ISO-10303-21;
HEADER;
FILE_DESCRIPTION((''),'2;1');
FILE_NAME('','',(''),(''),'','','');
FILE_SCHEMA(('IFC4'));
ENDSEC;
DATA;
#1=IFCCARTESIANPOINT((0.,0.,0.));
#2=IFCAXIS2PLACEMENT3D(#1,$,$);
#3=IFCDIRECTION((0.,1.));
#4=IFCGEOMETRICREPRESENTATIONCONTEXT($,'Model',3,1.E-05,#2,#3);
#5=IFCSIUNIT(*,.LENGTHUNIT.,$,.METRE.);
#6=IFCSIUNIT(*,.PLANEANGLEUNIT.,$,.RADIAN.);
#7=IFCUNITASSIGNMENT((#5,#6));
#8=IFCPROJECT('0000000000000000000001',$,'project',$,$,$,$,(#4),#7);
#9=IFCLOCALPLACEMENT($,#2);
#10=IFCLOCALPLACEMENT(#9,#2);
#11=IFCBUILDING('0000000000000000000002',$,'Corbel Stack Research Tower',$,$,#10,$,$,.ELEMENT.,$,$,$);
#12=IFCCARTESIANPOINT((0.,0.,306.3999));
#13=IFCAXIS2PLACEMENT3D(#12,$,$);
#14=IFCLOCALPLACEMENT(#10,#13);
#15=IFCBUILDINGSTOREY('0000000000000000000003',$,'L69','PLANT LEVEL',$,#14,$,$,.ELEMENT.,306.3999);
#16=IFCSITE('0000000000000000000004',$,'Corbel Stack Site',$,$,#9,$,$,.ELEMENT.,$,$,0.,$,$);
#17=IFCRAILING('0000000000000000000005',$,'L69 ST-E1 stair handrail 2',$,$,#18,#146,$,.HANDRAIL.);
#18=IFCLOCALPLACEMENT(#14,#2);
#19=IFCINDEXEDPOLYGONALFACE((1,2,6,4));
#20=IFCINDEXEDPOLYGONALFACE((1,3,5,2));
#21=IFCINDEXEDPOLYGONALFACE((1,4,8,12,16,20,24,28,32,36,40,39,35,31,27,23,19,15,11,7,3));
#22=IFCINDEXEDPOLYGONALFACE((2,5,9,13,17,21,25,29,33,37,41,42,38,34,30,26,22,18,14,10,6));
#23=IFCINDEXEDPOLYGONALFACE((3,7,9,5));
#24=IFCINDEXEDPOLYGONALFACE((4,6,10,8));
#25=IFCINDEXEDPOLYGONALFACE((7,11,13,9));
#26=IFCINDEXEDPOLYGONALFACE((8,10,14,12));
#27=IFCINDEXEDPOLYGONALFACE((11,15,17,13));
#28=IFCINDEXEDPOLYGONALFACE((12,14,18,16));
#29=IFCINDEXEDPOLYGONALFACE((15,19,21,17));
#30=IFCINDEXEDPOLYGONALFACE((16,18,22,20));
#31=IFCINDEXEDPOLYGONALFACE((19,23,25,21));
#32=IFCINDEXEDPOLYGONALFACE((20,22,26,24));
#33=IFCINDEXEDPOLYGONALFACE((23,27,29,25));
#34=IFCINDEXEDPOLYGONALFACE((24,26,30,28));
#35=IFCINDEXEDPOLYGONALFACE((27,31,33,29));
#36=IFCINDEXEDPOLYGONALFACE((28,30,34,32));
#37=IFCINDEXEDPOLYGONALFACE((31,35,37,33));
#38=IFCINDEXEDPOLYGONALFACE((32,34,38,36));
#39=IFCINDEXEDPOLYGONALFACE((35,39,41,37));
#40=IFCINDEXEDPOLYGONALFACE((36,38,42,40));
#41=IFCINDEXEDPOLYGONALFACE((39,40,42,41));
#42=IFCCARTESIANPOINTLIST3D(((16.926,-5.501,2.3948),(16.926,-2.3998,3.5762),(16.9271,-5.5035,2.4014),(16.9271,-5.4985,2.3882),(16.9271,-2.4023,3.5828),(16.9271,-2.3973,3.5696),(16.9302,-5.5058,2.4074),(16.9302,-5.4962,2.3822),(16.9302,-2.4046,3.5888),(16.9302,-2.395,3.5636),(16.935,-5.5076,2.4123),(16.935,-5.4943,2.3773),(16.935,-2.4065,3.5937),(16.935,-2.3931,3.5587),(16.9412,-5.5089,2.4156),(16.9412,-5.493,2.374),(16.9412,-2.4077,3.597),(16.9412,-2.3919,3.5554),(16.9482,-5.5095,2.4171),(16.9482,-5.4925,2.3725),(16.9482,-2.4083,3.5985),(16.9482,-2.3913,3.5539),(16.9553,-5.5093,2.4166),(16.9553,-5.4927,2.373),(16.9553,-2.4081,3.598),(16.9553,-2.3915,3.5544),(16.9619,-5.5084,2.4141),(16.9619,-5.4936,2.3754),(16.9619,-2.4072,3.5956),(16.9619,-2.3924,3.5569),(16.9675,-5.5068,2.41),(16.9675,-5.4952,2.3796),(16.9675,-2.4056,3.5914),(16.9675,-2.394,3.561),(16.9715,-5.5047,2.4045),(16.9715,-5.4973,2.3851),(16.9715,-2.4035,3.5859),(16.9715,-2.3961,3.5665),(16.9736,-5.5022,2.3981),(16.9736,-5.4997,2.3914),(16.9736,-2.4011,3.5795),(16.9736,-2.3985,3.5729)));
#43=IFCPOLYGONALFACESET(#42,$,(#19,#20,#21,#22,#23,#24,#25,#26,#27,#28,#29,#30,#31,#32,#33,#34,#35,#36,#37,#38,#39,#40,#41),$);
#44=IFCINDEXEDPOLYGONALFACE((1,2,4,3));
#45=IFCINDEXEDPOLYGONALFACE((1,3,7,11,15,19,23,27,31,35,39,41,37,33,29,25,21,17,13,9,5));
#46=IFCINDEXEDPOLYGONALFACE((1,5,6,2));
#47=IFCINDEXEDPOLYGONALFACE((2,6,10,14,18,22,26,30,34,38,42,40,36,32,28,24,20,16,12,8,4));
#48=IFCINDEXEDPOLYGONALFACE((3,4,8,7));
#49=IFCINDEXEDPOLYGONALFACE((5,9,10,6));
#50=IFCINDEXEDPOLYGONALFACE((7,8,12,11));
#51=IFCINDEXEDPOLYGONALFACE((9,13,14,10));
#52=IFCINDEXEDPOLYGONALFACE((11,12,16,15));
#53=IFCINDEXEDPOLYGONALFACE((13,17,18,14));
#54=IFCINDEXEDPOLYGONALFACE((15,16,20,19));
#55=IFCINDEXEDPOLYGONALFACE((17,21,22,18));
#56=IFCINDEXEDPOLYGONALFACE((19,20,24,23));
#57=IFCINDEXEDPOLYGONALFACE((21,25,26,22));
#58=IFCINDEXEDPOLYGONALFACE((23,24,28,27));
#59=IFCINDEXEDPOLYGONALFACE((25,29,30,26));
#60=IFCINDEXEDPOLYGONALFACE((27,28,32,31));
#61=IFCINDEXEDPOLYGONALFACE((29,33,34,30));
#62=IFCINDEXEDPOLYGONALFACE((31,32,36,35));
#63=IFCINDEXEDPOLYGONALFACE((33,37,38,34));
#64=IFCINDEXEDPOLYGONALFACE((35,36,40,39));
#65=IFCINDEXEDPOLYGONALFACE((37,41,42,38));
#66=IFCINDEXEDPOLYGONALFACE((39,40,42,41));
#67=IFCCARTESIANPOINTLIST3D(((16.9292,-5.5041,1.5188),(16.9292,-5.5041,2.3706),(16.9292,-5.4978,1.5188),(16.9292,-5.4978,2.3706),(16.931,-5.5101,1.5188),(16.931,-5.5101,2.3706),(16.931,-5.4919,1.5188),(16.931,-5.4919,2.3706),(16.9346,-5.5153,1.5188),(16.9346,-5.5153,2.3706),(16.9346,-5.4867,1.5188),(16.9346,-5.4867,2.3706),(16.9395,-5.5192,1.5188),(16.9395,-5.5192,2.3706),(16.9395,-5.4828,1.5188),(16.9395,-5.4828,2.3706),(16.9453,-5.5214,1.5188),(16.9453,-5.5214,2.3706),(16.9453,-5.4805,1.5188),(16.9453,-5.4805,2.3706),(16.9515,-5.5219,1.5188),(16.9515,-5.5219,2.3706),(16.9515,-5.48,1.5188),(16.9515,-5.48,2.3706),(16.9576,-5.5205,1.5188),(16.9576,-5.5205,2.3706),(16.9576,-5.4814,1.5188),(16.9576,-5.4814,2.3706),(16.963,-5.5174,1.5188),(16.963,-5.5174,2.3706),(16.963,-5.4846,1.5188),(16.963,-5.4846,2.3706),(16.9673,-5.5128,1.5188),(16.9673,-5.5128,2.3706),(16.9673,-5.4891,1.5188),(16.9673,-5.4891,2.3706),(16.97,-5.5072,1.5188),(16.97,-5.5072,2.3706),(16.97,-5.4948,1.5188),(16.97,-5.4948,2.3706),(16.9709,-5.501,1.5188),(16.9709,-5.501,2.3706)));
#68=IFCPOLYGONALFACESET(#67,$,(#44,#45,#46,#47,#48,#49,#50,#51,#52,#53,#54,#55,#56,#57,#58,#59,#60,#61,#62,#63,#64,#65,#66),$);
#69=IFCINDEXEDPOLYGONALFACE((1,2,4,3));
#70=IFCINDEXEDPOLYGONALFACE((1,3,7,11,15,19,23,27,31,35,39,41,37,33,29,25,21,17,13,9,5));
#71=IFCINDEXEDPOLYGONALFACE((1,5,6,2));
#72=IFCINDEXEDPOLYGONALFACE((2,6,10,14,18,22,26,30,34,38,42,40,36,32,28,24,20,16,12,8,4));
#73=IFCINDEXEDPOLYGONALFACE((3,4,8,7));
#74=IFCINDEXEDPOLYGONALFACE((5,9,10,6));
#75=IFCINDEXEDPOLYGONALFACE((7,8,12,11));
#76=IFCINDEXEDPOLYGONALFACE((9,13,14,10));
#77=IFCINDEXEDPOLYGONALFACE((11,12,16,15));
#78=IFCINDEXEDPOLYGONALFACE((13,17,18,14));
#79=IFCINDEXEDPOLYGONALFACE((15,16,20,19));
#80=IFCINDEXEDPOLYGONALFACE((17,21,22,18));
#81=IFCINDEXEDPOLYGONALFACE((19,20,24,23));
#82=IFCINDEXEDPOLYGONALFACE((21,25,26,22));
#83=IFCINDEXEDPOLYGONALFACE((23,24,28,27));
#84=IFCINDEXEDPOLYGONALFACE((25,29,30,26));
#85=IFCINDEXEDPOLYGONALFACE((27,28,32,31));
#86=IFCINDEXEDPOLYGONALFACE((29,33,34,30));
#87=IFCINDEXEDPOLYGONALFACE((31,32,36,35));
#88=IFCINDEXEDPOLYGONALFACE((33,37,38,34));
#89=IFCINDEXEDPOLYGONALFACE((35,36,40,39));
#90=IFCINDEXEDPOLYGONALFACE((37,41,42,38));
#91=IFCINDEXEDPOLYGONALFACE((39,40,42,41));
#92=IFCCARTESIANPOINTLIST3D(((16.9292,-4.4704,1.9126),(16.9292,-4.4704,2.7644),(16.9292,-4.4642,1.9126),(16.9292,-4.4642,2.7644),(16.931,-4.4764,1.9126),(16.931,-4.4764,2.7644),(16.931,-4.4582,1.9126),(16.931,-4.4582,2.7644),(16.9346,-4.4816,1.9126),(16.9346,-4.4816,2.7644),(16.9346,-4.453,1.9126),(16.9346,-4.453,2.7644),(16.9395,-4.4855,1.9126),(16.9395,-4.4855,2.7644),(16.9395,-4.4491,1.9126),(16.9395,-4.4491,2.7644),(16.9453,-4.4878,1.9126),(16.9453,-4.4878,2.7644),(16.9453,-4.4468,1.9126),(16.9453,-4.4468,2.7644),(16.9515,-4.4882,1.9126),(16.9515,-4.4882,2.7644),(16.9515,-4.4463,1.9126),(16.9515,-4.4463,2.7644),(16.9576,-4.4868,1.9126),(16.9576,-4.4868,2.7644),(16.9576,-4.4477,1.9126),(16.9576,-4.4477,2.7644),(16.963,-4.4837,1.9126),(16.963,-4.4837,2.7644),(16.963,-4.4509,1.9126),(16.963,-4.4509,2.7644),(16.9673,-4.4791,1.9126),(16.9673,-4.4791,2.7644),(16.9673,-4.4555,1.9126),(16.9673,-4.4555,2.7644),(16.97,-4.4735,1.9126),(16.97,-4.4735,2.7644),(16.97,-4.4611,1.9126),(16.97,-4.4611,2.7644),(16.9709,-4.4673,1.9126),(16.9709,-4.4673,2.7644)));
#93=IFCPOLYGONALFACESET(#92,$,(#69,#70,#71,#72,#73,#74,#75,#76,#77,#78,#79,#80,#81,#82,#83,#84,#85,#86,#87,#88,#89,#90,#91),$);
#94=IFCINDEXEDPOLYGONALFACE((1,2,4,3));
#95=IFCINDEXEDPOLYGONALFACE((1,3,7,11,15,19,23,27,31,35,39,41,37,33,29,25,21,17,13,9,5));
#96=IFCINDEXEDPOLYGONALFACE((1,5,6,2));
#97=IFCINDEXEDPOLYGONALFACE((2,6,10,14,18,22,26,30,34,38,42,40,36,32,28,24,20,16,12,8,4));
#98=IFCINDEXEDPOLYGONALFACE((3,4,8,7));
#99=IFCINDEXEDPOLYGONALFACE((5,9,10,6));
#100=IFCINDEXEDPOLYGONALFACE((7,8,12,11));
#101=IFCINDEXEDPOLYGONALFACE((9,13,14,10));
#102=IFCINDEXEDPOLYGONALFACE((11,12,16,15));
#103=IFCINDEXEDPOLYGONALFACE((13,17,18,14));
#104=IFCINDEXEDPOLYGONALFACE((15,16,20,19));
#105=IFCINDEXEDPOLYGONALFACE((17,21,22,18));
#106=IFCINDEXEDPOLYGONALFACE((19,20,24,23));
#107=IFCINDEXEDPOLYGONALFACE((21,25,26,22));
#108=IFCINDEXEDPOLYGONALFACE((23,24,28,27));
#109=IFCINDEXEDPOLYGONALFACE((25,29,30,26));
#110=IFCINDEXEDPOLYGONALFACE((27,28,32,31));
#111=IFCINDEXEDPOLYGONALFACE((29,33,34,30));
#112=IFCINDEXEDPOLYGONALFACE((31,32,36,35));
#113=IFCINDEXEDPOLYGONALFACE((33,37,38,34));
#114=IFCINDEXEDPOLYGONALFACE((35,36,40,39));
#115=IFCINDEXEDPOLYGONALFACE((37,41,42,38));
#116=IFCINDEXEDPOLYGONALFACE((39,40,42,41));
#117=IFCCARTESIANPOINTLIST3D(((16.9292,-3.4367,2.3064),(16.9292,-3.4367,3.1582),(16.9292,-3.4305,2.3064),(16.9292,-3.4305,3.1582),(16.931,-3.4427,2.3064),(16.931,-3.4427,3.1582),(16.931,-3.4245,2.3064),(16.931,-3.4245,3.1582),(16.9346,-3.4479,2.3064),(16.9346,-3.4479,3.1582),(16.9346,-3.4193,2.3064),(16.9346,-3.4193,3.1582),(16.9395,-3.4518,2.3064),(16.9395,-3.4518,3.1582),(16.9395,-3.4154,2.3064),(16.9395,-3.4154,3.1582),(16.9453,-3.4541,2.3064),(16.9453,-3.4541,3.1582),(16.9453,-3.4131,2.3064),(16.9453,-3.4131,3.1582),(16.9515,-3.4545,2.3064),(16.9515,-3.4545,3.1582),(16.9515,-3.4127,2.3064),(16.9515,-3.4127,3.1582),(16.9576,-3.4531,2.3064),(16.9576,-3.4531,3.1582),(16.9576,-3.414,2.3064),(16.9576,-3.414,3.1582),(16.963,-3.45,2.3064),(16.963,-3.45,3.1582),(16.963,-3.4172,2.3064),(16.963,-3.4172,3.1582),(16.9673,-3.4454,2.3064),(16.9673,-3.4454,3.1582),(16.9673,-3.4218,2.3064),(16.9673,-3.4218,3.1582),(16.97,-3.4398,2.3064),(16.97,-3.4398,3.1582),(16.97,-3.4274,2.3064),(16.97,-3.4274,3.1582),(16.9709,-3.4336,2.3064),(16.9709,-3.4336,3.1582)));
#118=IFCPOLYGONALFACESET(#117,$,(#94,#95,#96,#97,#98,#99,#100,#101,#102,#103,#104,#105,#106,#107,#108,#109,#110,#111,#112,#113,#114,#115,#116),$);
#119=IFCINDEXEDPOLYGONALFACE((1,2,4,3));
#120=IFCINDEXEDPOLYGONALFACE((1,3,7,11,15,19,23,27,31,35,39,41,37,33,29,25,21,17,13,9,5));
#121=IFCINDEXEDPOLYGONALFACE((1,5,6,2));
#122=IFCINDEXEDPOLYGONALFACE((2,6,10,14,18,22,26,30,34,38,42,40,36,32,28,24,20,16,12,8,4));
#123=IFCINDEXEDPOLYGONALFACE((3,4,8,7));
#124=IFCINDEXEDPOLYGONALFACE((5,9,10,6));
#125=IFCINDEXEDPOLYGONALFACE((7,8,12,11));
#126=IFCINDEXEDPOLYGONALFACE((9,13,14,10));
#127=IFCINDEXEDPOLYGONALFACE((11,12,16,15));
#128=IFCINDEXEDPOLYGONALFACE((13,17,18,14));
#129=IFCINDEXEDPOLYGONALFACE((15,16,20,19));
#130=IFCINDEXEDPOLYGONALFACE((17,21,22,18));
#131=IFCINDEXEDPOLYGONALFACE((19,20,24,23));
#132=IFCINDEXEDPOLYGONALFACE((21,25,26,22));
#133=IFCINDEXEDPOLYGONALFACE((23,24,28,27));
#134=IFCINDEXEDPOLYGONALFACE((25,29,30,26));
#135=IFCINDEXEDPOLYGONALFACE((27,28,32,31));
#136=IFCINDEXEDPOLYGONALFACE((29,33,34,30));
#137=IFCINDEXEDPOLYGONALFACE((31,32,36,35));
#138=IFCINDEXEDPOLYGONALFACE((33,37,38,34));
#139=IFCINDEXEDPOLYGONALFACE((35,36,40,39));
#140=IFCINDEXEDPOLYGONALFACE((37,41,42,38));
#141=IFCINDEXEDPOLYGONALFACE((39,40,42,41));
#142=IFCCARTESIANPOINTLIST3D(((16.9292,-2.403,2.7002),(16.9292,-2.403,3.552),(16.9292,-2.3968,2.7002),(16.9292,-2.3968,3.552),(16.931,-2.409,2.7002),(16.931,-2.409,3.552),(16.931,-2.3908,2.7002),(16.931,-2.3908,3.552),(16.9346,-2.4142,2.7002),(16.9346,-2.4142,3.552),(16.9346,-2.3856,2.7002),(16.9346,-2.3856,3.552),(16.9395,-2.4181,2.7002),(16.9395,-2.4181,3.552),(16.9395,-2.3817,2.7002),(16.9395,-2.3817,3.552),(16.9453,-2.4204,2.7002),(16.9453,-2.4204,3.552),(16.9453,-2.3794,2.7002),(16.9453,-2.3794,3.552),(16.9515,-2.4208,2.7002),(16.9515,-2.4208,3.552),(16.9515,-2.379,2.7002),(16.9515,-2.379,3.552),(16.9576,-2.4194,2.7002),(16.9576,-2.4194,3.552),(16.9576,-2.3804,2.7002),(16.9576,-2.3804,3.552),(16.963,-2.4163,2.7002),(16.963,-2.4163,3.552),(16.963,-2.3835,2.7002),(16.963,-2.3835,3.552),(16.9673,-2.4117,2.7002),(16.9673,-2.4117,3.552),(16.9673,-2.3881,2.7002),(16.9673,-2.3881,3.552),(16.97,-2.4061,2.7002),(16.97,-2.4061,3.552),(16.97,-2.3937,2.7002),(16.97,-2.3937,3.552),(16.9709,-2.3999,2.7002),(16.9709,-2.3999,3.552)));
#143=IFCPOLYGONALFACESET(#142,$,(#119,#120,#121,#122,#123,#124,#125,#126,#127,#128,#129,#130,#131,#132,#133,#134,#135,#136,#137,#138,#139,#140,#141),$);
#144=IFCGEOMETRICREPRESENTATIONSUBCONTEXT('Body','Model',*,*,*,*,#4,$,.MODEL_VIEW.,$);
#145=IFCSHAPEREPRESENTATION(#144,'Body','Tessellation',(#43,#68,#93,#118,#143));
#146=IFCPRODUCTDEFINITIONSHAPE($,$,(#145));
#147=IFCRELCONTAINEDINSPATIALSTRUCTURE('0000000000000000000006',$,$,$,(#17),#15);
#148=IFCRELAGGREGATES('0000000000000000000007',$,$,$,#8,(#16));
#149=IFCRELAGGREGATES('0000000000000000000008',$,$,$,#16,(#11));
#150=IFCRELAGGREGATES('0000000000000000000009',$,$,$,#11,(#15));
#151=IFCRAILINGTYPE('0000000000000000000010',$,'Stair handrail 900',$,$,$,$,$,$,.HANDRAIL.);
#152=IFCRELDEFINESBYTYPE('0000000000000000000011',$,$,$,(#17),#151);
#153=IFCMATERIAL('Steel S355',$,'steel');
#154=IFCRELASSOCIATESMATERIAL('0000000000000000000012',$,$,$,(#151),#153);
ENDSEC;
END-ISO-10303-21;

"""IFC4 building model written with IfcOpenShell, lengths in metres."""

from ifc_helpers import new_model, si_unit, direction, frame, origin, origin_2d, place, context, subcontext, project, spatial, circle, extrude, material, type_object, element, save


model = new_model("IFC4")

# Units and contexts
model_context = context("Model", 3, precision=1e-05, world=origin(), true_north=direction((0.0, 1.0)))
body_context = subcontext(model_context, "Body", "Model", "MODEL_VIEW")
ifc_project = project(units=[si_unit("LENGTHUNIT", "METRE"), si_unit("PLANEANGLEUNIT", "RADIAN")], contexts=[model_context])

# Site, building, storey
site_placement = place(None, origin())
site = spatial("IfcSite", under=ifc_project, at=site_placement, Name="Corbel Stack Site", CompositionType="ELEMENT", RefElevation=0.0)
building_placement = place(site_placement, origin())
building = spatial("IfcBuilding", under=site, at=building_placement, Name="Corbel Stack Research Tower", CompositionType="ELEMENT")
storey_placement = place(building_placement, frame((0.0, 0.0, 306.3999)))
storey = spatial("IfcBuildingStorey", under=building, at=storey_placement, Name="L69", Description="PLANT LEVEL", CompositionType="ELEMENT", Elevation=306.3999)

# Railing
ifc_material_1 = material(Name="Steel S355", Category="steel")
railing_type_1 = type_object("IfcRailingType", Name="Stair handrail 900", PredefinedType="HANDRAIL", material=ifc_material_1)
railing_1_placement = place(storey_placement, frame((16.95, -5.501, 1.5188)))
element("IfcRailing", 1, at=railing_1_placement, inside=storey, type_object=railing_type_1, Name="L69 ST-E1 stair handrail 2", PredefinedType="HANDRAIL", context=body_context, shape_type="SweptSolid", body=[
    extrude(circle(Radius=0.0239, at=origin_2d()), frame((0.0, 0.0, 0.876), z_axis=(0.0, 0.934484, 0.356005), x_axis=(-1.0, 0.0, 0.0)), (0.0, 0.0, 1.0), 3.3186),
    extrude(circle(Radius=0.021, at=origin_2d()), origin(), (0.0, 0.0, 1.0), 0.8518),
    extrude(circle(Radius=0.021, at=origin_2d()), frame((0.0, 1.0337, 0.3938)), (0.0, 0.0, 1.0), 0.8518),
    extrude(circle(Radius=0.021, at=origin_2d()), frame((0.0, 2.0674, 0.7876)), (0.0, 0.0, 1.0), 0.8518),
    extrude(circle(Radius=0.021, at=origin_2d()), frame((0.0, 3.1011, 1.1814)), (0.0, 0.0, 1.0), 0.8518),
])

save(model, "model.ifc")
